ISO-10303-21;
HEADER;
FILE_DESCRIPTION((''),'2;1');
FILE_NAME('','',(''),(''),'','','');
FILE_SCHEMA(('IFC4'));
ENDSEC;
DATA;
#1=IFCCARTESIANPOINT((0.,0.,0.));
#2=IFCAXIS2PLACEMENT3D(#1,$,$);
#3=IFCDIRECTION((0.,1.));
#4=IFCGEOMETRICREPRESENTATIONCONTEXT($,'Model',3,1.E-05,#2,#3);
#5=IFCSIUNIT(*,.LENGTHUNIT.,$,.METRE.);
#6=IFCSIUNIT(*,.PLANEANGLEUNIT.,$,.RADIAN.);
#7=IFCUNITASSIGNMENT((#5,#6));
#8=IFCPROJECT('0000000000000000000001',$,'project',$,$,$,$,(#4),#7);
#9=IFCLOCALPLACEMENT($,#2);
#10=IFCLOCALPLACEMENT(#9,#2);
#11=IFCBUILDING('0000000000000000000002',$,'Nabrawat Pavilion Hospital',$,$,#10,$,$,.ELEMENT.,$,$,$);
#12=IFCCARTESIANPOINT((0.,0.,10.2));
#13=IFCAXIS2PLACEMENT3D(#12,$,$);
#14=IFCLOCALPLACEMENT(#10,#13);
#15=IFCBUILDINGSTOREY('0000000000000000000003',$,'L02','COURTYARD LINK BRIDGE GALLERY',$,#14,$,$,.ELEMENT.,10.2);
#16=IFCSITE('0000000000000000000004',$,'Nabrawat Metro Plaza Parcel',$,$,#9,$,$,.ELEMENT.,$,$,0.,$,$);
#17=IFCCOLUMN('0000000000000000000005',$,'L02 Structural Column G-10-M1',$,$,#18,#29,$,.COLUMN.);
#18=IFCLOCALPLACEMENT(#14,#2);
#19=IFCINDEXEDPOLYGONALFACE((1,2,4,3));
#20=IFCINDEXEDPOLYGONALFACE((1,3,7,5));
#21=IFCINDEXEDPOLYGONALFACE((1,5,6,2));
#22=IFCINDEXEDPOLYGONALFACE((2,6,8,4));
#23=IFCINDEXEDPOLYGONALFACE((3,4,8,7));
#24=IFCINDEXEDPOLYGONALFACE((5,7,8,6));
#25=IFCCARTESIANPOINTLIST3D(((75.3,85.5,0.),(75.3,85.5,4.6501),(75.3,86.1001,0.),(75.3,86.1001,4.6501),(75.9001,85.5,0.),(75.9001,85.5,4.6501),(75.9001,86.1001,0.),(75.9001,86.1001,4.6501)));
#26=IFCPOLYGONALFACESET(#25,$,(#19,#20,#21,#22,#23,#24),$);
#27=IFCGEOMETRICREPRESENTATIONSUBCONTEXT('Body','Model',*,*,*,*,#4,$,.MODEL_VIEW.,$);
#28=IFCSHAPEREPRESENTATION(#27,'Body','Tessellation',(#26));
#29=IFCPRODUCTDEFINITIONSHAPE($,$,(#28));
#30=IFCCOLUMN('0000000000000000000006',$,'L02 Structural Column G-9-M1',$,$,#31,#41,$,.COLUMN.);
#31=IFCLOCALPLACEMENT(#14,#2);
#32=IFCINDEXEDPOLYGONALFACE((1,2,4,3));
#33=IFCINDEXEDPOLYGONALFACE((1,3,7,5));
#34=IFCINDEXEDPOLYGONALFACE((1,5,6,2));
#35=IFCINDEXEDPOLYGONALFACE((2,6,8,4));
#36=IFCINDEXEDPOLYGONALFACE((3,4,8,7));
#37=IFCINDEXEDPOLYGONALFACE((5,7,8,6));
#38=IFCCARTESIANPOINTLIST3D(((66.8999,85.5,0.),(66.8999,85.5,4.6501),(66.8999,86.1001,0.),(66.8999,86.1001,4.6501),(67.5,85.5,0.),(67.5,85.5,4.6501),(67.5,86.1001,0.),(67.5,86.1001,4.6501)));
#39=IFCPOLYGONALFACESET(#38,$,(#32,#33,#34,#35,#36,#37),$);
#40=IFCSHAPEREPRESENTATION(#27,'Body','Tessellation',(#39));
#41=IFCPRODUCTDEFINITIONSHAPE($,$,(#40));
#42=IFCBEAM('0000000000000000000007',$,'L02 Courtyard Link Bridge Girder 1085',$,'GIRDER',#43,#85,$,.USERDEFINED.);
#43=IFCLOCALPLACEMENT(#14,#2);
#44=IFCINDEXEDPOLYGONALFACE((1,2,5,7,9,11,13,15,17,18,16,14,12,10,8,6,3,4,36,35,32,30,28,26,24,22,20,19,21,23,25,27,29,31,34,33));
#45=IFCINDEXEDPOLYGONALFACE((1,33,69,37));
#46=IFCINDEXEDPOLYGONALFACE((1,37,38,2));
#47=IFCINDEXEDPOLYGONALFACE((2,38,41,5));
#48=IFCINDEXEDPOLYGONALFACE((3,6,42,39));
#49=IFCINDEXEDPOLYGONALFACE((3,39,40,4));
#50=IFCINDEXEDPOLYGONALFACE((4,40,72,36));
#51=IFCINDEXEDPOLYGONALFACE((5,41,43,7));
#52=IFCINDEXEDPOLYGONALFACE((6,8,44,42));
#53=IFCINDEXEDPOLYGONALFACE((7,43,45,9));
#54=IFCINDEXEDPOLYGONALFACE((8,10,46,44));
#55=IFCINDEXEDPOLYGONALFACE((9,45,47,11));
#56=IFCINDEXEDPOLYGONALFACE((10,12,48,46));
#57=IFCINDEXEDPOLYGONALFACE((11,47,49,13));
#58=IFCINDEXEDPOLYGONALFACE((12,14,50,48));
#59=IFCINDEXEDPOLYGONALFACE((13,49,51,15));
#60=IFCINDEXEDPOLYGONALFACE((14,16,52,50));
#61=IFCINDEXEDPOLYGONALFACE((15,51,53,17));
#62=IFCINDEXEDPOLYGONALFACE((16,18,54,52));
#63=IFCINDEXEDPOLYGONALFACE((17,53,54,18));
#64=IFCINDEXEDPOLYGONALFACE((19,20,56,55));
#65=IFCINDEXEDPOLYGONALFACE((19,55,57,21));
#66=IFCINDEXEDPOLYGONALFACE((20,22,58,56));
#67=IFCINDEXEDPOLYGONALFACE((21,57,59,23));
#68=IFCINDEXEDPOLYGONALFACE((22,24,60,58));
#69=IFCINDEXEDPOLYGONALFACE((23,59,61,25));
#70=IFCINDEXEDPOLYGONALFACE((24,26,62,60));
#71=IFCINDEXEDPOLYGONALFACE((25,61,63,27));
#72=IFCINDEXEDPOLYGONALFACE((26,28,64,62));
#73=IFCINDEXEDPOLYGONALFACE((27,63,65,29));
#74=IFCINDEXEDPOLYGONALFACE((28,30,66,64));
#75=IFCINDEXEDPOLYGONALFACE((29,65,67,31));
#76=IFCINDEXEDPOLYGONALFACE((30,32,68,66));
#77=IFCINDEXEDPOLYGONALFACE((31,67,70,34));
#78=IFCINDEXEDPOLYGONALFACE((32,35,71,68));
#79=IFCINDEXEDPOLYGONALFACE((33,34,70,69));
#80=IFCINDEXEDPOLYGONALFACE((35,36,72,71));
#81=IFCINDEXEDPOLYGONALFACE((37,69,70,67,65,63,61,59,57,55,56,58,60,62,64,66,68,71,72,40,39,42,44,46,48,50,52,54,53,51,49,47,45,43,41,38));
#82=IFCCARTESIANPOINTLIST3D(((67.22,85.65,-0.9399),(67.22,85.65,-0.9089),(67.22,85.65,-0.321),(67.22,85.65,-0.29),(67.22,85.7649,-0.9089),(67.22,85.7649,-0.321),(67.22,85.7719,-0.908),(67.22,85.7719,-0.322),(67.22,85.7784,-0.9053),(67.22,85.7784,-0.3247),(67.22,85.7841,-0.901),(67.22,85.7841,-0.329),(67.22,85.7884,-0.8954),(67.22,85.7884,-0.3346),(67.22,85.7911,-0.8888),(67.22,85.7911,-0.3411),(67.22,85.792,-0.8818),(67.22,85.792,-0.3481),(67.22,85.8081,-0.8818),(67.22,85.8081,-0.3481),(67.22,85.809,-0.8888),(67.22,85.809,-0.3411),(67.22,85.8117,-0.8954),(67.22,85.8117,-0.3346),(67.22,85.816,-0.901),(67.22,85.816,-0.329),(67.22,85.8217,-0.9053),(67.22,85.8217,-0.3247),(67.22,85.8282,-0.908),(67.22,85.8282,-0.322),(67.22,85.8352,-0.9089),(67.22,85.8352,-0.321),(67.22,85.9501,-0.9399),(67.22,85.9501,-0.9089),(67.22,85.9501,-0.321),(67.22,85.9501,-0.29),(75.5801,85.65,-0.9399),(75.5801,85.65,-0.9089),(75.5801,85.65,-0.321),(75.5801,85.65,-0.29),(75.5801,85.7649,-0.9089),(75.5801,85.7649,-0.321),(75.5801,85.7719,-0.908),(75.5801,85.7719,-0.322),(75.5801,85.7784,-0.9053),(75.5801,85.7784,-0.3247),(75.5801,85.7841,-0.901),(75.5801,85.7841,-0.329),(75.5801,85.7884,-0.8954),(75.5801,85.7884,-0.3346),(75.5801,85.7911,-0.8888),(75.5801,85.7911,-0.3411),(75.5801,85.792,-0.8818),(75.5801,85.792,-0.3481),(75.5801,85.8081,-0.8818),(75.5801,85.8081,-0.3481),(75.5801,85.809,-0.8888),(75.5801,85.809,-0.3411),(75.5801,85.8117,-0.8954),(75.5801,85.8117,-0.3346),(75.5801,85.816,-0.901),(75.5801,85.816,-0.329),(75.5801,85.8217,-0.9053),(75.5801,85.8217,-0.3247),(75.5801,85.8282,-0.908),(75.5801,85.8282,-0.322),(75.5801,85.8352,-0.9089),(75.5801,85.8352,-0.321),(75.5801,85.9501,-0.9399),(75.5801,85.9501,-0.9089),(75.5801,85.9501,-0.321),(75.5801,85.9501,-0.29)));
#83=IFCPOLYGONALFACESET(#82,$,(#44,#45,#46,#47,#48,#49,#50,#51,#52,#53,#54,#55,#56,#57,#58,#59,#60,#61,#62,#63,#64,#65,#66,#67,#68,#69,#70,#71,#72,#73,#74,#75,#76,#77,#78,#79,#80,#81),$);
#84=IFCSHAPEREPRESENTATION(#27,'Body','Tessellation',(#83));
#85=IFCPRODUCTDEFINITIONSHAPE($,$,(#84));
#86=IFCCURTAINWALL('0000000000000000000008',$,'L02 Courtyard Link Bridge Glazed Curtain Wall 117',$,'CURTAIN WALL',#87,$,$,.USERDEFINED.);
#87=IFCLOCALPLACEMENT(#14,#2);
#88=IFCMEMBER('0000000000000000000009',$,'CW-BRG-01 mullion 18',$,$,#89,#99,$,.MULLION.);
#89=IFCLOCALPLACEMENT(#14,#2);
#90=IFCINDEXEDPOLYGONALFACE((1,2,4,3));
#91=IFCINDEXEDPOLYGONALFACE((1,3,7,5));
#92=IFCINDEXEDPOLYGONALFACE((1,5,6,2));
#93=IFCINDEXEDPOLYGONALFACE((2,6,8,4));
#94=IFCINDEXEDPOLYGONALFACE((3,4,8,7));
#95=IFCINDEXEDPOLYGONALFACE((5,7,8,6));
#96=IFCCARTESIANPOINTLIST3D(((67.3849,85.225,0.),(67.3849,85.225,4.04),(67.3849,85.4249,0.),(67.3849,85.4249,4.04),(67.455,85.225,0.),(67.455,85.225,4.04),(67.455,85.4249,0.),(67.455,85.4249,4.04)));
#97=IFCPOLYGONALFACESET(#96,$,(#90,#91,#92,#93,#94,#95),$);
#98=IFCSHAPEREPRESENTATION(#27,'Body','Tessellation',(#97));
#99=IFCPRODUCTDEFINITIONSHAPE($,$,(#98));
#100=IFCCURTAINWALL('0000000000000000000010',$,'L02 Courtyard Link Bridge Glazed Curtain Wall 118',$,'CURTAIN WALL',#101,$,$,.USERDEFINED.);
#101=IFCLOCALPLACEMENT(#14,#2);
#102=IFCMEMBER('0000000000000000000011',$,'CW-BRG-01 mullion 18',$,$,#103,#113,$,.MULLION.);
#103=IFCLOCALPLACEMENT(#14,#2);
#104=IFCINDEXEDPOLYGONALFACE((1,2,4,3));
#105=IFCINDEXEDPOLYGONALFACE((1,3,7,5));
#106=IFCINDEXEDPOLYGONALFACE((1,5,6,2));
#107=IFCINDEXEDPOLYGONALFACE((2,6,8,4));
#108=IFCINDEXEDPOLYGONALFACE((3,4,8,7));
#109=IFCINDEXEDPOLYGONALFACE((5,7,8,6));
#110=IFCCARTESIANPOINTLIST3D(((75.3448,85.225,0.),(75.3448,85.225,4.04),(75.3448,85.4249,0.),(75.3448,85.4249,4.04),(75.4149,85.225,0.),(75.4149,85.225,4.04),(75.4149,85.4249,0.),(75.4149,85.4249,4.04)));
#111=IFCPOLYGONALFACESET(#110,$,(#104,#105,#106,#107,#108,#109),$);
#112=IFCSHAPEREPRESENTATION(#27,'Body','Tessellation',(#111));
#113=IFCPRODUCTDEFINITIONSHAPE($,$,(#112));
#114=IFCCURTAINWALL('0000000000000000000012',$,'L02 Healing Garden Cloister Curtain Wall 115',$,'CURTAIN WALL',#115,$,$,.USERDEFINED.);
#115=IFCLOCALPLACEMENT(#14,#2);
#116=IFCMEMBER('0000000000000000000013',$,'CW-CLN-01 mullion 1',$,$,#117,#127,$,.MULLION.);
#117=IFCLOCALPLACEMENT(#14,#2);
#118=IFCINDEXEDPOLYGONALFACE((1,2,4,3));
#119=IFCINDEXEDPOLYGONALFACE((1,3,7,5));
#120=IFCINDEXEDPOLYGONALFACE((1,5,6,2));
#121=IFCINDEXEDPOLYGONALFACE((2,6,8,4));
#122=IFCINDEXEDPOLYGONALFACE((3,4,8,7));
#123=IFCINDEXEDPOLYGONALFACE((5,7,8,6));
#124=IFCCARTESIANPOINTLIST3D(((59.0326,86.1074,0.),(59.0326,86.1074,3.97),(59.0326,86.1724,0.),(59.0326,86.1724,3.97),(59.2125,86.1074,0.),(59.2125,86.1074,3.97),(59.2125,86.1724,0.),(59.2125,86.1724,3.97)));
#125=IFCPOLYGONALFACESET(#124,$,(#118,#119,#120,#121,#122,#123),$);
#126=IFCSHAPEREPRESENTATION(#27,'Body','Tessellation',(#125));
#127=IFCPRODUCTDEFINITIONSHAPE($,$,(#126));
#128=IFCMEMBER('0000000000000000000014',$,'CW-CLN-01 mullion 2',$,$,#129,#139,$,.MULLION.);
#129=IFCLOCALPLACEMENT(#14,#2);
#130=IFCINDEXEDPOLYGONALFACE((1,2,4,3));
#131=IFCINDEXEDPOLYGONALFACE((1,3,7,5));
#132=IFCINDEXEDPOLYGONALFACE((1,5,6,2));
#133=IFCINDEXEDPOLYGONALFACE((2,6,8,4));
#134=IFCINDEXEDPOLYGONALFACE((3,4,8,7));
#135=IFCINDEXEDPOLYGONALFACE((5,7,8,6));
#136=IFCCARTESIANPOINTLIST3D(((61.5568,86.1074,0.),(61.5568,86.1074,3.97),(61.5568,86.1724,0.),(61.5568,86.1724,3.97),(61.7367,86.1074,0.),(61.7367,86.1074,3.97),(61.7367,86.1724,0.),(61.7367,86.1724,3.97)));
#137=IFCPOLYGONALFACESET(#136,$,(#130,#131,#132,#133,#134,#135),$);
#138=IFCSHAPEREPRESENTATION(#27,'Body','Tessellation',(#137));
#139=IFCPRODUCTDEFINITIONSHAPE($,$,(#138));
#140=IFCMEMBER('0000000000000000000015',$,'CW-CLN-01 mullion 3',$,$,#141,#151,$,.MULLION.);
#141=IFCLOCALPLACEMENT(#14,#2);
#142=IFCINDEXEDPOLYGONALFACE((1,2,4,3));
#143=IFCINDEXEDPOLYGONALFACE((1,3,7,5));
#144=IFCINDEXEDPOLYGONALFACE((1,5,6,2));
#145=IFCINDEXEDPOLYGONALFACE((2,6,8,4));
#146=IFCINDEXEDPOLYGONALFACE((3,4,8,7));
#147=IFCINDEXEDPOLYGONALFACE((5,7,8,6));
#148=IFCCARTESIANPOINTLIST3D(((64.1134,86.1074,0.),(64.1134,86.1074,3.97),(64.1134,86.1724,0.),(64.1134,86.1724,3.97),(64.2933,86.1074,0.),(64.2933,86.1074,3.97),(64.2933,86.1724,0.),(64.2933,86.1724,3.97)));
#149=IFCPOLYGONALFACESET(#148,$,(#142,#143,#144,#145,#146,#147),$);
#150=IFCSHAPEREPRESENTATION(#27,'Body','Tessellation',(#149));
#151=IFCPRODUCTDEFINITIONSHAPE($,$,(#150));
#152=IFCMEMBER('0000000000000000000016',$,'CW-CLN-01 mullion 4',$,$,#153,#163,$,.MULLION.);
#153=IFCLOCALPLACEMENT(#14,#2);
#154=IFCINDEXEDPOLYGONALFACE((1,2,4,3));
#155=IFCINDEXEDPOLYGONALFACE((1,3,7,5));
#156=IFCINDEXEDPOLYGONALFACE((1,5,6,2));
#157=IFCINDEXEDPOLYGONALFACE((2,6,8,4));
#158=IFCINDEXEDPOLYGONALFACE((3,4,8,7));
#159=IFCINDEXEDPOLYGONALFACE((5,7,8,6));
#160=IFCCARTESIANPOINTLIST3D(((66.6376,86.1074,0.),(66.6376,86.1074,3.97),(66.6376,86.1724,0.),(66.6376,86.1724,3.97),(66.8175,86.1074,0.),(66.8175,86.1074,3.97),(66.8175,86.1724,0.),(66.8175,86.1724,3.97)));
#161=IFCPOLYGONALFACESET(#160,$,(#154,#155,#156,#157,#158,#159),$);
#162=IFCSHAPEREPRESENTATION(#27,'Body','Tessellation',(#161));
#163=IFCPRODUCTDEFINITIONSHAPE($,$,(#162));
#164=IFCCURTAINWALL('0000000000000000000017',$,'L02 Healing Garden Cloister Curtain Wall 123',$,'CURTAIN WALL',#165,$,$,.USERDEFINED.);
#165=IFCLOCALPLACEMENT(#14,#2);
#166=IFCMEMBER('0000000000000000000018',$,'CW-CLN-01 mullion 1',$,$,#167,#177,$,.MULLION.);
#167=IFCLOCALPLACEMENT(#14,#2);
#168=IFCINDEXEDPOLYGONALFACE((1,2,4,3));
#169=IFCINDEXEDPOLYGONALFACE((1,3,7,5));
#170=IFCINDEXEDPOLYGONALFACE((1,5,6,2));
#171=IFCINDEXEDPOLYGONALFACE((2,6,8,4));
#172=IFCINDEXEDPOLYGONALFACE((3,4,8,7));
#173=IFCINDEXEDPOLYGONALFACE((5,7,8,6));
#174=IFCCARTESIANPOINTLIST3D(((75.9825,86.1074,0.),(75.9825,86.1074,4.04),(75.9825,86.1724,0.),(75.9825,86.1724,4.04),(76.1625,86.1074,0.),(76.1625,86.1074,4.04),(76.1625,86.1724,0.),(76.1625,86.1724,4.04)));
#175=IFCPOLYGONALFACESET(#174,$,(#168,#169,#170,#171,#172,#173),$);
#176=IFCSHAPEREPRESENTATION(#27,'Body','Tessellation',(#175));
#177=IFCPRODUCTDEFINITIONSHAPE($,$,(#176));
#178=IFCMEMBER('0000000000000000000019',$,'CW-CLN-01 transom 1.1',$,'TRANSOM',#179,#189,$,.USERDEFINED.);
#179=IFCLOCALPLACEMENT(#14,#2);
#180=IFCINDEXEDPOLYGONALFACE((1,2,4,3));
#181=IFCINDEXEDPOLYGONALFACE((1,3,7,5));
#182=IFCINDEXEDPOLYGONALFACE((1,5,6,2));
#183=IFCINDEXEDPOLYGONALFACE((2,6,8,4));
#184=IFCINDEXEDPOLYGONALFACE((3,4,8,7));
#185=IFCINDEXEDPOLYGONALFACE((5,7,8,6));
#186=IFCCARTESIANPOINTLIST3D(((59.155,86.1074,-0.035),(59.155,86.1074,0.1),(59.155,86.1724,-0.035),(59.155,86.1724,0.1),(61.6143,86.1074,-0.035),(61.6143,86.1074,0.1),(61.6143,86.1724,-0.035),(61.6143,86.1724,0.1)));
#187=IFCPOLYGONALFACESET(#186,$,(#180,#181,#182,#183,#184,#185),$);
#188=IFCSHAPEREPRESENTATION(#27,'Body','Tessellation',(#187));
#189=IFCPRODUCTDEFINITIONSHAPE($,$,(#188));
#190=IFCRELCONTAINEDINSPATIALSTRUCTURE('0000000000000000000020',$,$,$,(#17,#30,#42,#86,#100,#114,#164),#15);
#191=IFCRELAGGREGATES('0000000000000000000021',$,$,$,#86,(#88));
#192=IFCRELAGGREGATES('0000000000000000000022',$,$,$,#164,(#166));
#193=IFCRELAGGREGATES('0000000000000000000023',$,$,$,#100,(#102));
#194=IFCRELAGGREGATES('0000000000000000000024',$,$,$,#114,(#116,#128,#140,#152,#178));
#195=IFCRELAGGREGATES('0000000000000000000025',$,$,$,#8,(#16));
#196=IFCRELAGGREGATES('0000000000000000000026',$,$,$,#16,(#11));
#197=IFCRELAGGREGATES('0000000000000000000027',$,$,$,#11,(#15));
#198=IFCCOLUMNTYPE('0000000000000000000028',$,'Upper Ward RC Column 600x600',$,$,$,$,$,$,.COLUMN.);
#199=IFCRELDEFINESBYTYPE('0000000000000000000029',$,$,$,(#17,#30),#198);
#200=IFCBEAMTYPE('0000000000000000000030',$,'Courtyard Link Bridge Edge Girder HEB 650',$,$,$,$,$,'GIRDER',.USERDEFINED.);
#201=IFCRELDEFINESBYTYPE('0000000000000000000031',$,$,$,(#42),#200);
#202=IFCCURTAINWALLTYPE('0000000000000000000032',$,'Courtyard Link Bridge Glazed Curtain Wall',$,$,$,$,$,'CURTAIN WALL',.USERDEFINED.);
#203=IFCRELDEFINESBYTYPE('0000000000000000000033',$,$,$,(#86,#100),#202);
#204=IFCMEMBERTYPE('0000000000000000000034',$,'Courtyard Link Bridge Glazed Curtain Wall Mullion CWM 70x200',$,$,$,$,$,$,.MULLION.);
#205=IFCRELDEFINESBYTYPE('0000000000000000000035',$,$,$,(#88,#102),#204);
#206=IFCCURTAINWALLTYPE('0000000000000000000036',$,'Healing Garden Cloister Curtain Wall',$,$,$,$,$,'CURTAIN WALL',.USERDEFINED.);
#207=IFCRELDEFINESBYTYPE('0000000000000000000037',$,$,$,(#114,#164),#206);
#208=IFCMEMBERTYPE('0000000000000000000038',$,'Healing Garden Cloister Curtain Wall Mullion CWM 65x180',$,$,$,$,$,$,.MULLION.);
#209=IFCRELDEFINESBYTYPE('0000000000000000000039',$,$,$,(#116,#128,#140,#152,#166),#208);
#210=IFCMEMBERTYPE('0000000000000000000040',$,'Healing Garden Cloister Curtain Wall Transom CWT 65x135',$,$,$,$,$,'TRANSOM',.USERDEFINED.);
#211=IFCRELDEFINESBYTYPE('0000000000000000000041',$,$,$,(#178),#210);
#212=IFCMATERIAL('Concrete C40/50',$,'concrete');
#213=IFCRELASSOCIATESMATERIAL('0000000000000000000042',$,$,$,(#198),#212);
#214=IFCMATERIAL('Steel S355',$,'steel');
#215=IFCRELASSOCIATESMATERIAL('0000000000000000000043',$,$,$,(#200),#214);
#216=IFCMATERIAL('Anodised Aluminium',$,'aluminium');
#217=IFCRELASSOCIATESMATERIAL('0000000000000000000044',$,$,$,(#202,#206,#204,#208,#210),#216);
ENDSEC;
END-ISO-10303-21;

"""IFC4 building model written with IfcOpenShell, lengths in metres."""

from ifc_helpers import new_model, si_unit, direction, frame, origin, origin_2d, place, context, subcontext, project, spatial, rectangle, i_section, extrude, material, material_profile, profile_set, type_object, element, aggregate, save


model = new_model("IFC4")

# Units and contexts
model_context = context("Model", 3, precision=1e-05, world=origin(), true_north=direction((0.0, 1.0)))
body_context = subcontext(model_context, "Body", "Model", "MODEL_VIEW")
ifc_project = project(units=[si_unit("LENGTHUNIT", "METRE"), si_unit("PLANEANGLEUNIT", "RADIAN")], contexts=[model_context])

# Site, building, storey
site_placement = place(None, origin())
site = spatial("IfcSite", under=ifc_project, at=site_placement, Name="Nabrawat Metro Plaza Parcel", CompositionType="ELEMENT", RefElevation=0.0)
building_placement = place(site_placement, origin())
building = spatial("IfcBuilding", under=site, at=building_placement, Name="Nabrawat Pavilion Hospital", CompositionType="ELEMENT")
storey_placement = place(building_placement, frame((0.0, 0.0, 10.2)))
storey = spatial("IfcBuildingStorey", under=building, at=storey_placement, Name="L02", Description="COURTYARD LINK BRIDGE GALLERY", CompositionType="ELEMENT", Elevation=10.2)

# Columns
ifc_material_1 = material(Name="Concrete C40/50", Category="concrete")
ifc_material_profile_1 = material_profile(ifc_material_1, rectangle(XDim=0.6001, YDim=0.6001, at=origin_2d()), Name="RC 600x600")
ifc_profile_set_1 = profile_set([ifc_material_profile_1], Name="Concrete C40/50")
column_type = type_object("IfcColumnType", Name="Upper Ward RC Column 600x600", PredefinedType="COLUMN", material=ifc_profile_set_1)
for number, where, z_axis, x_axis, name in (
    (1, (75.6001, 85.8, 0.0), (0.0, 0.0, 1.0), (1.0, 0.0, 0.0), "L02 Structural Column G-10-M1"),
    (2, (67.2, 85.8, 0.0), (0.0, 0.0, 1.0), (1.0, 0.0, 0.0), "L02 Structural Column G-9-M1"),
):
    element("IfcColumn", number, at=place(storey_placement, frame(where, z_axis=z_axis, x_axis=x_axis)), inside=storey, type_object=column_type, Name=name, PredefinedType="COLUMN", context=body_context, shape_type="SweptSolid", body=[
        extrude(rectangle(XDim=0.6001, YDim=0.6001, at=origin_2d()), origin(), (0.0, 0.0, 1.0), 4.6501),
    ])

# Beam
ifc_material_2 = material(Name="Steel S355", Category="steel")
ifc_material_profile_2 = material_profile(ifc_material_2, i_section(OverallWidth=0.3, OverallDepth=0.6499, WebThickness=0.0161, FlangeThickness=0.031, FilletRadius=0.0271, at=origin_2d()), Name="HEB 650")
ifc_profile_set_2 = profile_set([ifc_material_profile_2], Name="Steel S355")
beam_type_1 = type_object("IfcBeamType", Name="Courtyard Link Bridge Edge Girder HEB 650", ElementType="GIRDER", PredefinedType="USERDEFINED", material=ifc_profile_set_2)
beam_1_placement = place(storey_placement, frame((67.22, 85.8, -0.615), z_axis=(1.0, 0.0, 0.0), x_axis=(0.0, 1.0, 0.0)))
element("IfcBeam", 3, at=beam_1_placement, inside=storey, type_object=beam_type_1, Name="L02 Courtyard Link Bridge Girder 1085", ObjectType="GIRDER", PredefinedType="USERDEFINED", context=body_context, shape_type="SweptSolid", body=[
    extrude(i_section(OverallWidth=0.3, OverallDepth=0.6499, WebThickness=0.0161, FlangeThickness=0.031, FilletRadius=0.0271, at=origin_2d()), origin(), (0.0, 0.0, 1.0), 8.3601),
])

# Curtain walls, members
ifc_material_3 = material(Name="Anodised Aluminium", Category="aluminium")
curtain_wall_type_1 = type_object("IfcCurtainWallType", Name="Courtyard Link Bridge Glazed Curtain Wall", ElementType="CURTAIN WALL", PredefinedType="USERDEFINED", material=ifc_material_3)
curtain_wall_1_placement = place(storey_placement, origin())
curtain_wall_1 = element("IfcCurtainWall", 4, at=curtain_wall_1_placement, inside=storey, type_object=curtain_wall_type_1, Name="L02 Courtyard Link Bridge Glazed Curtain Wall 117", ObjectType="CURTAIN WALL", PredefinedType="USERDEFINED")
ifc_material_profile_3 = material_profile(ifc_material_3, rectangle(XDim=0.0701, YDim=0.2, at=origin_2d()), Name="CWM 70x200")
ifc_profile_set_3 = profile_set([ifc_material_profile_3], Name="Anodised Aluminium")
member_type_1 = type_object("IfcMemberType", Name="Courtyard Link Bridge Glazed Curtain Wall Mullion CWM 70x200", PredefinedType="MULLION", material=ifc_profile_set_3)
member_1_placement = place(storey_placement, frame((67.4199, 85.325, 0.0), z_axis=(0.0, 0.0, 1.0), x_axis=(-1.0, 0.0, 0.0)))
member_1 = element("IfcMember", 5, at=member_1_placement, type_object=member_type_1, Name="CW-BRG-01 mullion 18", PredefinedType="MULLION", context=body_context, shape_type="SweptSolid", body=[
    extrude(rectangle(XDim=0.0701, YDim=0.2, at=origin_2d()), origin(), (0.0, 0.0, 1.0), 4.04),
])
aggregate(curtain_wall_1, [member_1])
curtain_wall_2_placement = place(storey_placement, origin())
curtain_wall_2 = element("IfcCurtainWall", 6, at=curtain_wall_2_placement, inside=storey, type_object=curtain_wall_type_1, Name="L02 Courtyard Link Bridge Glazed Curtain Wall 118", ObjectType="CURTAIN WALL", PredefinedType="USERDEFINED")
member_2_placement = place(storey_placement, frame((75.3799, 85.325, 0.0), z_axis=(0.0, 0.0, 1.0), x_axis=(-1.0, 0.0, 0.0)))
member_2 = element("IfcMember", 7, at=member_2_placement, type_object=member_type_1, Name="CW-BRG-01 mullion 18", PredefinedType="MULLION", context=body_context, shape_type="SweptSolid", body=[
    extrude(rectangle(XDim=0.0701, YDim=0.2, at=origin_2d()), origin(), (0.0, 0.0, 1.0), 4.04),
])

# Curtain wall, members
curtain_wall_type_2 = type_object("IfcCurtainWallType", Name="Healing Garden Cloister Curtain Wall", ElementType="CURTAIN WALL", PredefinedType="USERDEFINED", material=ifc_material_3)
curtain_wall_3_placement = place(storey_placement, origin())
curtain_wall_3 = element("IfcCurtainWall", 8, at=curtain_wall_3_placement, inside=storey, type_object=curtain_wall_type_2, Name="L02 Healing Garden Cloister Curtain Wall 115", ObjectType="CURTAIN WALL", PredefinedType="USERDEFINED")
ifc_material_profile_4 = material_profile(ifc_material_3, rectangle(XDim=0.0649, YDim=0.1799, at=origin_2d()), Name="CWM 65x180")
ifc_profile_set_4 = profile_set([ifc_material_profile_4], Name="Anodised Aluminium")
member_type_2 = type_object("IfcMemberType", Name="Healing Garden Cloister Curtain Wall Mullion CWM 65x180", PredefinedType="MULLION", material=ifc_profile_set_4)
member_3_placement = place(storey_placement, frame((59.1226, 86.1399, 0.0), z_axis=(0.0, 0.0, 1.0), x_axis=(0.0, 1.0, 0.0)))
member_3 = element("IfcMember", 9, at=member_3_placement, type_object=member_type_2, Name="CW-CLN-01 mullion 1", PredefinedType="MULLION", context=body_context, shape_type="SweptSolid", body=[
    extrude(rectangle(XDim=0.0649, YDim=0.1799, at=origin_2d()), origin(), (0.0, 0.0, 1.0), 3.97),
])
member_4_placement = place(storey_placement, frame((61.6467, 86.1399, 0.0), z_axis=(0.0, 0.0, 1.0), x_axis=(0.0, 1.0, 0.0)))
member_4 = element("IfcMember", 10, at=member_4_placement, type_object=member_type_2, Name="CW-CLN-01 mullion 2", PredefinedType="MULLION", context=body_context, shape_type="SweptSolid", body=[
    extrude(rectangle(XDim=0.0649, YDim=0.1799, at=origin_2d()), origin(), (0.0, 0.0, 1.0), 3.97),
])
member_5_placement = place(storey_placement, frame((64.2034, 86.1399, 0.0), z_axis=(0.0, 0.0, 1.0), x_axis=(0.0, 1.0, 0.0)))
member_5 = element("IfcMember", 11, at=member_5_placement, type_object=member_type_2, Name="CW-CLN-01 mullion 3", PredefinedType="MULLION", context=body_context, shape_type="SweptSolid", body=[
    extrude(rectangle(XDim=0.0649, YDim=0.1799, at=origin_2d()), origin(), (0.0, 0.0, 1.0), 3.97),
])
member_6_placement = place(storey_placement, frame((66.7275, 86.1399, 0.0), z_axis=(0.0, 0.0, 1.0), x_axis=(0.0, 1.0, 0.0)))
member_6 = element("IfcMember", 12, at=member_6_placement, type_object=member_type_2, Name="CW-CLN-01 mullion 4", PredefinedType="MULLION", context=body_context, shape_type="SweptSolid", body=[
    extrude(rectangle(XDim=0.0649, YDim=0.1799, at=origin_2d()), origin(), (0.0, 0.0, 1.0), 3.97),
])

# Curtain wall, member
curtain_wall_4_placement = place(storey_placement, origin())
curtain_wall_4 = element("IfcCurtainWall", 13, at=curtain_wall_4_placement, inside=storey, type_object=curtain_wall_type_2, Name="L02 Healing Garden Cloister Curtain Wall 123", ObjectType="CURTAIN WALL", PredefinedType="USERDEFINED")
member_7_placement = place(storey_placement, frame((76.0725, 86.1399, 0.0), z_axis=(0.0, 0.0, 1.0), x_axis=(0.0, 1.0, 0.0)))
member_7 = element("IfcMember", 14, at=member_7_placement, type_object=member_type_2, Name="CW-CLN-01 mullion 1", PredefinedType="MULLION", context=body_context, shape_type="SweptSolid", body=[
    extrude(rectangle(XDim=0.0649, YDim=0.1799, at=origin_2d()), origin(), (0.0, 0.0, 1.0), 4.04),
])

# Member
ifc_material_profile_5 = material_profile(ifc_material_3, rectangle(XDim=0.0649, YDim=0.135, at=origin_2d()), Name="CWT 65x135")
ifc_profile_set_5 = profile_set([ifc_material_profile_5], Name="Anodised Aluminium")
member_type_3 = type_object("IfcMemberType", Name="Healing Garden Cloister Curtain Wall Transom CWT 65x135", ElementType="TRANSOM", PredefinedType="USERDEFINED", material=ifc_profile_set_5)
member_8_placement = place(storey_placement, frame((59.155, 86.1399, 0.0325), z_axis=(1.0, 0.0, 0.0), x_axis=(0.0, 1.0, 0.0)))
member_8 = element("IfcMember", 15, at=member_8_placement, type_object=member_type_3, Name="CW-CLN-01 transom 1.1", ObjectType="TRANSOM", PredefinedType="USERDEFINED", context=body_context, shape_type="SweptSolid", body=[
    extrude(rectangle(XDim=0.0649, YDim=0.135, at=origin_2d()), origin(), (0.0, 0.0, 1.0), 2.4592),
])
aggregate(curtain_wall_4, [member_7])

aggregate(curtain_wall_2, [member_2])
aggregate(curtain_wall_3, [member_3, member_4, member_5, member_6, member_8])

save(model, "model.ifc")
